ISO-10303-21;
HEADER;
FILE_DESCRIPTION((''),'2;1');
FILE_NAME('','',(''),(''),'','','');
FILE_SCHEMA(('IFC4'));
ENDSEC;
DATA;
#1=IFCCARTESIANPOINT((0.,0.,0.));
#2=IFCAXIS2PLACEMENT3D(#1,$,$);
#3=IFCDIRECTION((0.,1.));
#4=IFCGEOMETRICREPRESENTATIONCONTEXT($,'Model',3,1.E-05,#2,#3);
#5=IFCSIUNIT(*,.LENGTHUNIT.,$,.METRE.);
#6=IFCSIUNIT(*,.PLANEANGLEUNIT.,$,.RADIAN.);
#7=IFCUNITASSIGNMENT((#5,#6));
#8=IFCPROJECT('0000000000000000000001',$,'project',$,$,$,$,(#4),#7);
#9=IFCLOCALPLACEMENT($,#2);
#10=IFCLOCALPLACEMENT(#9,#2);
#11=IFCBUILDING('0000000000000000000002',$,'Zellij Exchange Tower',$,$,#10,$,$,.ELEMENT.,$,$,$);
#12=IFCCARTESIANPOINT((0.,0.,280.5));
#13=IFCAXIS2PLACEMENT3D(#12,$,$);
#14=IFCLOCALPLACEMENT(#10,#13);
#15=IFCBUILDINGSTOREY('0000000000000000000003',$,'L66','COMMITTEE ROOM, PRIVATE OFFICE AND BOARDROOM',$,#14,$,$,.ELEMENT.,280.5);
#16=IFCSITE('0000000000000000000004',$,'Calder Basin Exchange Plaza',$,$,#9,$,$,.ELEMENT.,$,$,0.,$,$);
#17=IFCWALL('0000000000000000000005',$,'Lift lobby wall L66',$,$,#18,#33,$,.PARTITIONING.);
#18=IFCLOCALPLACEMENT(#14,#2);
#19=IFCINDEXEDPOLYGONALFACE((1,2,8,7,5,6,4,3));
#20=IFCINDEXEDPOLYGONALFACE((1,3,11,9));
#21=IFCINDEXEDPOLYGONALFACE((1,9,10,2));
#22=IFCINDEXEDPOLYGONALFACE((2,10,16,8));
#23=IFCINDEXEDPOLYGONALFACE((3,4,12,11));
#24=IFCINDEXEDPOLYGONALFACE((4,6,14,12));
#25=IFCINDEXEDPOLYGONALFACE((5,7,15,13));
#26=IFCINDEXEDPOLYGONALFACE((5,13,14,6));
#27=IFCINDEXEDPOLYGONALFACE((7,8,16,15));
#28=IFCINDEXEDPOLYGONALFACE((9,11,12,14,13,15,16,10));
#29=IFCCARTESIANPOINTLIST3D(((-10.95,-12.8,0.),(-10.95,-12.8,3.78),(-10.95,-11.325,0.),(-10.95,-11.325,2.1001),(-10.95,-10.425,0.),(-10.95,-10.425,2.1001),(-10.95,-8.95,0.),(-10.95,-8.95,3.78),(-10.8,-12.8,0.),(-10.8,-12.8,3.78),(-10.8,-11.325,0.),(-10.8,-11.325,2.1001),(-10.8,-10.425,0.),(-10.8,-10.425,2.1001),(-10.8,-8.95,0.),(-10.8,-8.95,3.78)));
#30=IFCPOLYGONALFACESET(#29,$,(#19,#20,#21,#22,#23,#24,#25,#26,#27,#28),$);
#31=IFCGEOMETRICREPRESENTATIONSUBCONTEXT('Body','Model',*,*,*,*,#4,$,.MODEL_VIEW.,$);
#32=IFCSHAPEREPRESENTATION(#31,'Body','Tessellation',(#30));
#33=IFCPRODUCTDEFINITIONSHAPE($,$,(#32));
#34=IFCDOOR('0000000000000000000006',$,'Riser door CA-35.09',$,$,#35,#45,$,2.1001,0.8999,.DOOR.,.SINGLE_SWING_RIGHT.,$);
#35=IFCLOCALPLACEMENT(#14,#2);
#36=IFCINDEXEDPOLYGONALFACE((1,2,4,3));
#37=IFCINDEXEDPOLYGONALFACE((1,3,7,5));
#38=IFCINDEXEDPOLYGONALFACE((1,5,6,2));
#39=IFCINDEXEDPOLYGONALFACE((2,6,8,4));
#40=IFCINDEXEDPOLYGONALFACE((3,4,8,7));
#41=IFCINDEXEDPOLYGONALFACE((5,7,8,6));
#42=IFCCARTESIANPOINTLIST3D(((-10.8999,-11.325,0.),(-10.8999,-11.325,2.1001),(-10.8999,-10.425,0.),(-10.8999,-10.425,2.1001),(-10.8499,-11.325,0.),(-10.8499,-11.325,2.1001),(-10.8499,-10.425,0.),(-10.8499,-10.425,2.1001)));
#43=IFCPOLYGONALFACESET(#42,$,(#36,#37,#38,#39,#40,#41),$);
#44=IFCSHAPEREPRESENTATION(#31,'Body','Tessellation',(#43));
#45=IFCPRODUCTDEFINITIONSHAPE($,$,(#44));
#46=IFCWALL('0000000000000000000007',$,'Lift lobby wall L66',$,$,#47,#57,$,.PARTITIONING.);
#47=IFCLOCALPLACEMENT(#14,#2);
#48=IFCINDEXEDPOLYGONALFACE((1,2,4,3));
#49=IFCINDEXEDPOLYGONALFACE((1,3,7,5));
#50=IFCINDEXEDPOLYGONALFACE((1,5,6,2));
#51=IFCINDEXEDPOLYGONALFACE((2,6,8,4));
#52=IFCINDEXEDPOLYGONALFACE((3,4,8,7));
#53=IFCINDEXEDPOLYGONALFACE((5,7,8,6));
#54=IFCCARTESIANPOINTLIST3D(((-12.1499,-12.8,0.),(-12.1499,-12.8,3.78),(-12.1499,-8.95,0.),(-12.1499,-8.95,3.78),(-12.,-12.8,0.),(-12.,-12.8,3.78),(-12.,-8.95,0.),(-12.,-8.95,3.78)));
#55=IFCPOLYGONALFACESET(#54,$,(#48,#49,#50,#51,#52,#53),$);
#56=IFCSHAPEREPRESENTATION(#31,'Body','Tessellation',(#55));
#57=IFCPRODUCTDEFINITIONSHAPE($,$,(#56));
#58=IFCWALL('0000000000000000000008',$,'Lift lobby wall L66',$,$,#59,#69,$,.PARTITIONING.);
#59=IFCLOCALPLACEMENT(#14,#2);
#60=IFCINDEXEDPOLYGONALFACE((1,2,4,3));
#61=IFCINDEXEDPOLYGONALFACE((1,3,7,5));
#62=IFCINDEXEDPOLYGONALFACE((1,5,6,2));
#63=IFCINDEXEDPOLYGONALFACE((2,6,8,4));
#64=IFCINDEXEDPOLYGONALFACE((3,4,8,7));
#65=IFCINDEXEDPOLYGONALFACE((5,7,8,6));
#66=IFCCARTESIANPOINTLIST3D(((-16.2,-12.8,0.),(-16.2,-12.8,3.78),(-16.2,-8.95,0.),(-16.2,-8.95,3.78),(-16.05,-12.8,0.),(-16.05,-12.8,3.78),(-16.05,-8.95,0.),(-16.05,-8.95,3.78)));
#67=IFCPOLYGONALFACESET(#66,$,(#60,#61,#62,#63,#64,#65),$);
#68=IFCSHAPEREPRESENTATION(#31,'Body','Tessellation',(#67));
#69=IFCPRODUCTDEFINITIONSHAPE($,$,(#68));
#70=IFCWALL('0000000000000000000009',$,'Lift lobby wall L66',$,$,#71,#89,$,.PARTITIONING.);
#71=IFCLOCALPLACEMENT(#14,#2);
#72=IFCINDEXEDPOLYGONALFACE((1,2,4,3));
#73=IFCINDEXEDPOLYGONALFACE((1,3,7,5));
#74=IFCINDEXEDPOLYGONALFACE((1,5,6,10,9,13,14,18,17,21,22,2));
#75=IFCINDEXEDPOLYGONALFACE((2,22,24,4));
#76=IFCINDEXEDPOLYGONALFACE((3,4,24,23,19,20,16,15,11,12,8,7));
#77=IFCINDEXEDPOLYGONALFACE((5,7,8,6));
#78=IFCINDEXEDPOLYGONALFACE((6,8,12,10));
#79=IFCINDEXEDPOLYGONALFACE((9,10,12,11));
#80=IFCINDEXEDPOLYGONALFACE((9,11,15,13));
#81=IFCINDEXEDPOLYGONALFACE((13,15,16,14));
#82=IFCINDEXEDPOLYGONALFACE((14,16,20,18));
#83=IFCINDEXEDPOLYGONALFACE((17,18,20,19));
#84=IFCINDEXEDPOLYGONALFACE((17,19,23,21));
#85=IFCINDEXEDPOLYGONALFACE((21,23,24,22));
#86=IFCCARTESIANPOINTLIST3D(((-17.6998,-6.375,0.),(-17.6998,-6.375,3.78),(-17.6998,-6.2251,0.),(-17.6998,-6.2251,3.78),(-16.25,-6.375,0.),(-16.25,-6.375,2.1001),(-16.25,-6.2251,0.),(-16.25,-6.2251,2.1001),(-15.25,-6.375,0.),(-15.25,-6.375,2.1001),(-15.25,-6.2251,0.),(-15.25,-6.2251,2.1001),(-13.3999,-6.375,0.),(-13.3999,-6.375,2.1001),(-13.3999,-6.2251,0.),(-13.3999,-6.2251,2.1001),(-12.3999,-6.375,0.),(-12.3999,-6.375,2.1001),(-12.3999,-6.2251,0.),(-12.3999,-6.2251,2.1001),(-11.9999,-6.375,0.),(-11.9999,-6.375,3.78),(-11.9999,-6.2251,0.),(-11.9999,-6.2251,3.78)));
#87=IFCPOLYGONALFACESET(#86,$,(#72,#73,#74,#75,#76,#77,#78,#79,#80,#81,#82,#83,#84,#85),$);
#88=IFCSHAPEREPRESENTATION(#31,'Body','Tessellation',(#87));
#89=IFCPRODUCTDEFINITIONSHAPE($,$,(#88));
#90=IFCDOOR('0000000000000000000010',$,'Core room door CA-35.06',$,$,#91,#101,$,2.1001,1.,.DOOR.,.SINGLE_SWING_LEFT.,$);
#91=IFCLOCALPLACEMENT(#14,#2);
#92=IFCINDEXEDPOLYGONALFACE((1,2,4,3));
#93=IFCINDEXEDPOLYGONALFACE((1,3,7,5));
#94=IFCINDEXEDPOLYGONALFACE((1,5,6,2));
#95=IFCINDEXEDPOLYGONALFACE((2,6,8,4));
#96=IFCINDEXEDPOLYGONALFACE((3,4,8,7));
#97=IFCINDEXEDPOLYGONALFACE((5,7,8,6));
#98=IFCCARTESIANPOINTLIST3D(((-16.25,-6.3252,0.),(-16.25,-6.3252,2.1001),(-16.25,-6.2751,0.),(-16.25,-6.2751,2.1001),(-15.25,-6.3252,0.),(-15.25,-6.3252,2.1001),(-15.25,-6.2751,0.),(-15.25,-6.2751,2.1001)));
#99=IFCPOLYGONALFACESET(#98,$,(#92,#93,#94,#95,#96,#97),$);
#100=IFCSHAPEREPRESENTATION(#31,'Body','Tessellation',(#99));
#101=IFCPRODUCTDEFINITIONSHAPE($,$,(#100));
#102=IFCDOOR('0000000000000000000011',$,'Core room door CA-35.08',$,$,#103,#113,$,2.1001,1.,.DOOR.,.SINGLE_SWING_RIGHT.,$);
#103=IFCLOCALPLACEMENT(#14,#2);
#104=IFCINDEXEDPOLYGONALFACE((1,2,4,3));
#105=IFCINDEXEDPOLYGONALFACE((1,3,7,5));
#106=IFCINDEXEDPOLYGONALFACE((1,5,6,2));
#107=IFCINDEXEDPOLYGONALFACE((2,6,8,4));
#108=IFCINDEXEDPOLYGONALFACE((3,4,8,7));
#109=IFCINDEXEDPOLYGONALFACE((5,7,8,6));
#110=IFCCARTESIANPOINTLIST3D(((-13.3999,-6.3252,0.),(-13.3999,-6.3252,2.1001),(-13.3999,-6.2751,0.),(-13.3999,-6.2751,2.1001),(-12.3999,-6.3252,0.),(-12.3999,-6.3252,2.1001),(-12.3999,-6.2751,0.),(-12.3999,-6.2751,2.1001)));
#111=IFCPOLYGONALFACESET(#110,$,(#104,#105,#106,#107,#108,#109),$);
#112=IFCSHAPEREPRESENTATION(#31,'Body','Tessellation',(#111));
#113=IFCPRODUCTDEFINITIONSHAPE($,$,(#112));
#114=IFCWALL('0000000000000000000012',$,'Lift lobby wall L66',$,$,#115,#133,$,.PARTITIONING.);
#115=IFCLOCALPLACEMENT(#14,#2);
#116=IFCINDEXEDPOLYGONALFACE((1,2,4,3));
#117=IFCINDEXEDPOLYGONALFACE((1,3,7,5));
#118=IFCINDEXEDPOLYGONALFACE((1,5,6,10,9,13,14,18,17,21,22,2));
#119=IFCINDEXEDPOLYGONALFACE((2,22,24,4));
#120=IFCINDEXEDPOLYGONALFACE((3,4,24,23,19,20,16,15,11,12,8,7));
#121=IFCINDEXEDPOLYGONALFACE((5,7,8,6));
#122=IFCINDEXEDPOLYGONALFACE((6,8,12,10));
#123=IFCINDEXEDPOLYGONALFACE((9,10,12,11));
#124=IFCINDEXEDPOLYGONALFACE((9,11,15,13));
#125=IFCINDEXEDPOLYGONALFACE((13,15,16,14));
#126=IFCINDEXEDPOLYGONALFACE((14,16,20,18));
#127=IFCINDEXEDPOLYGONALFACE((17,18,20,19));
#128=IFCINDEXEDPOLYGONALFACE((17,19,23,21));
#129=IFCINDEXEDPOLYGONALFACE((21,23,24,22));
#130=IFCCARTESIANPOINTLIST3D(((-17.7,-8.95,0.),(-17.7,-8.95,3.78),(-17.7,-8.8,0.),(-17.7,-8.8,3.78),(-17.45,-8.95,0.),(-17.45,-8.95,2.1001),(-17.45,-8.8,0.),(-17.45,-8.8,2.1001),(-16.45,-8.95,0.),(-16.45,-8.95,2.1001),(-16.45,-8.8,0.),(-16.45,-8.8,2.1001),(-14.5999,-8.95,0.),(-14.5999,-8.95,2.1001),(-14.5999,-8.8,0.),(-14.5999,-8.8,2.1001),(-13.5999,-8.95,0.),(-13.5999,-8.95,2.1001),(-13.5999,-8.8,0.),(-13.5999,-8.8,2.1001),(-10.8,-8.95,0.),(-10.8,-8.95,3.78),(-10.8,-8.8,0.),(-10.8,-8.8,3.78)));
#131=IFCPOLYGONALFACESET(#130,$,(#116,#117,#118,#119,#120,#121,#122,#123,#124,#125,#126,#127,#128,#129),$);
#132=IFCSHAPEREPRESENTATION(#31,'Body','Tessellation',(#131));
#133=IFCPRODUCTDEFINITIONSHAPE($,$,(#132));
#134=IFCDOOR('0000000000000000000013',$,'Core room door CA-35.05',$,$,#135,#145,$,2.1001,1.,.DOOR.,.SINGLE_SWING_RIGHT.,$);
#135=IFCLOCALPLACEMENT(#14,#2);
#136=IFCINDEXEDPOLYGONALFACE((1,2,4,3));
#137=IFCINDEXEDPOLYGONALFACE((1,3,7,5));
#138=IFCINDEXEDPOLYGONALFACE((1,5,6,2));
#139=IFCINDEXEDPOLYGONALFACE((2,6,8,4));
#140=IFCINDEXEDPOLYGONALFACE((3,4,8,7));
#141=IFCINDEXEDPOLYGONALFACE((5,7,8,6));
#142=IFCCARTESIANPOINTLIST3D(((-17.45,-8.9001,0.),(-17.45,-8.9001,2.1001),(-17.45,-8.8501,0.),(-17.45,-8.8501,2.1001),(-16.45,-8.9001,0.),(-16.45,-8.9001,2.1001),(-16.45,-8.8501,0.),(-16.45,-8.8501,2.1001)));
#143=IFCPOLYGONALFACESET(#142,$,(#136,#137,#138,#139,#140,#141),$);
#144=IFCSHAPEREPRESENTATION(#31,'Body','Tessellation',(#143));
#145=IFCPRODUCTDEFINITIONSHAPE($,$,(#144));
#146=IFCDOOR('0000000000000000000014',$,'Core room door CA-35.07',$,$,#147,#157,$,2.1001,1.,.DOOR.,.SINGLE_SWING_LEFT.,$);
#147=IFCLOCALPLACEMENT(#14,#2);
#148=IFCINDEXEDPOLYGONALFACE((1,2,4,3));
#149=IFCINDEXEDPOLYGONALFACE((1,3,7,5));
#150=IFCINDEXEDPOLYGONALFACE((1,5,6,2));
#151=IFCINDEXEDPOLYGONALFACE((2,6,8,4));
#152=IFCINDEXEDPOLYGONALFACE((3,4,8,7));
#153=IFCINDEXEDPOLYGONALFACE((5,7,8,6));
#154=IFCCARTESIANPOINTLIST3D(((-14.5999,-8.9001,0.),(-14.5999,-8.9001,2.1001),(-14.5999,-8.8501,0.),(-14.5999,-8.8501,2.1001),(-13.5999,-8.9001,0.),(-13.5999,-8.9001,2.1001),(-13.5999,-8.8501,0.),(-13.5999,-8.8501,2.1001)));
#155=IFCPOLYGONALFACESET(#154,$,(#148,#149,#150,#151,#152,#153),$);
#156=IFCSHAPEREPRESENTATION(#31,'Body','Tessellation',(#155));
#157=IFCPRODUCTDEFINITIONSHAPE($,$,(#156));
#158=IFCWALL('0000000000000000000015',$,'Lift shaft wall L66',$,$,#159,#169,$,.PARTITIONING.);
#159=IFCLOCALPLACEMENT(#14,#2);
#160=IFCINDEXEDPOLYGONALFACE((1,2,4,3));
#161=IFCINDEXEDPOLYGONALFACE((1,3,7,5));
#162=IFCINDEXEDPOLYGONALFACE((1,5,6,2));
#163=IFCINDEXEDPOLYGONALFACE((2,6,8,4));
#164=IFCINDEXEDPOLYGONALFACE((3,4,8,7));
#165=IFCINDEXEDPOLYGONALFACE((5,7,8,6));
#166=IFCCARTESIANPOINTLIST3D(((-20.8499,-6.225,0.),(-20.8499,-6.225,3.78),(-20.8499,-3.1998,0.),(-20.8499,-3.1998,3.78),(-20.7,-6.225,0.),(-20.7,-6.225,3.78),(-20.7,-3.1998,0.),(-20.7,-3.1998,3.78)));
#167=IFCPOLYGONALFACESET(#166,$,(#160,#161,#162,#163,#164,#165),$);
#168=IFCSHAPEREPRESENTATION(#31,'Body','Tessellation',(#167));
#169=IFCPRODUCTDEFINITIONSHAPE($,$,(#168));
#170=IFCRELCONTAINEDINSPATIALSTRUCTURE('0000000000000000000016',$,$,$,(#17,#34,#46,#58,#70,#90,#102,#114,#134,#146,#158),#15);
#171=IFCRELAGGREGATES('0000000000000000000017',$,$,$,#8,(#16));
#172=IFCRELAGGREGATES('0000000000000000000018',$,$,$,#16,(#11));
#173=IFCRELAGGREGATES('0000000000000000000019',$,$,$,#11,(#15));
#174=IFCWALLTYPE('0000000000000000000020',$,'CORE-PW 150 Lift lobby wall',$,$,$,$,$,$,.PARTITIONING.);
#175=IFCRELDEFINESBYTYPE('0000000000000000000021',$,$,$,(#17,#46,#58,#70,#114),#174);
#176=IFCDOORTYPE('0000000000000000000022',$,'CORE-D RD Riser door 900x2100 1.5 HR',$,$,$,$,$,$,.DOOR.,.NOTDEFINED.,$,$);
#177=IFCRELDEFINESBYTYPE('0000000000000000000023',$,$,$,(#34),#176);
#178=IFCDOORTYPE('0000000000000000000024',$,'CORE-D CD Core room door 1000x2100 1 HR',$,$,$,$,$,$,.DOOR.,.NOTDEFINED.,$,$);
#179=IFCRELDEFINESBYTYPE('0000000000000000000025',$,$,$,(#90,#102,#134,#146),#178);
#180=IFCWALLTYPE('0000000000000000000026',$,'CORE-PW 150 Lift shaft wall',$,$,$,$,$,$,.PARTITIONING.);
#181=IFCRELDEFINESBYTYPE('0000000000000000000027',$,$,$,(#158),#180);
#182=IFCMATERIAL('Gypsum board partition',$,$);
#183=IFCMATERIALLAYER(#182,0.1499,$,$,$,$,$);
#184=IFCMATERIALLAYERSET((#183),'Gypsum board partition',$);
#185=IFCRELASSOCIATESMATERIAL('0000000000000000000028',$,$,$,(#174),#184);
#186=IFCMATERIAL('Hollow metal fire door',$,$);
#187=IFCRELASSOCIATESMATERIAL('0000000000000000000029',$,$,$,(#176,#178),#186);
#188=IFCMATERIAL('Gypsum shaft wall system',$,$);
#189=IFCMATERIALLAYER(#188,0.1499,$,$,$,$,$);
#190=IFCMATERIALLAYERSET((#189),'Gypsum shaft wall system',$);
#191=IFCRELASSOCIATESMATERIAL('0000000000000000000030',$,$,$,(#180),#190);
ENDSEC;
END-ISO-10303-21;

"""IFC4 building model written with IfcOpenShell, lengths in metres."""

from ifc_helpers import new_model, si_unit, direction, frame, frame_2d, origin, place, context, subcontext, project, spatial, rectangle, extrude, material, layer, layer_set, type_object, element, fill, save


model = new_model("IFC4")

# Units and contexts
model_context = context("Model", 3, precision=1e-05, world=origin(), true_north=direction((0.0, 1.0)))
body_context = subcontext(model_context, "Body", "Model", "MODEL_VIEW")
ifc_project = project(units=[si_unit("LENGTHUNIT", "METRE"), si_unit("PLANEANGLEUNIT", "RADIAN")], contexts=[model_context])

# Site, building, storey
site_placement = place(None, origin())
site = spatial("IfcSite", under=ifc_project, at=site_placement, Name="Calder Basin Exchange Plaza", CompositionType="ELEMENT", RefElevation=0.0)
building_placement = place(site_placement, origin())
building = spatial("IfcBuilding", under=site, at=building_placement, Name="Zellij Exchange Tower", CompositionType="ELEMENT")
storey_placement = place(building_placement, frame((0.0, 0.0, 280.5)))
storey = spatial("IfcBuildingStorey", under=building, at=storey_placement, Name="L66", Description="COMMITTEE ROOM, PRIVATE OFFICE AND BOARDROOM", CompositionType="ELEMENT", Elevation=280.5)

# Shared definitions
ifc_material_1 = material(Name="Gypsum board partition")
ifc_layer_1 = layer(ifc_material_1, 0.1499)
ifc_layer_set_1 = layer_set([ifc_layer_1], Name="Gypsum board partition")
wall_type_1 = type_object("IfcWallType", Name="CORE-PW 150 Lift lobby wall", PredefinedType="PARTITIONING", material=ifc_layer_set_1)

# Wall, opening, door
wall_1_placement = place(storey_placement, frame((-10.875, -12.8, 0.0), z_axis=(0.0, 0.0, 1.0), x_axis=(0.0, 1.0, 0.0)))
wall_1 = element("IfcWall", 1, at=wall_1_placement, inside=storey, type_object=wall_type_1, Name="Lift lobby wall L66", PredefinedType="PARTITIONING", context=body_context, shape_type="SweptSolid", body=[
    extrude(rectangle(XDim=3.8501, YDim=0.1499, at=frame_2d((1.925, 0.0))), origin(), (0.0, 0.0, 1.0), 3.78),
])
opening_1_placement = place(wall_1_placement, frame((1.4751, 0.0, 0.0)))
opening_1 = element("IfcOpeningElement", 2, at=opening_1_placement, cuts=wall_1, PredefinedType="OPENING", context=body_context, shape_type="SweptSolid", body=[
    extrude(rectangle(XDim=0.8999, YDim=2.1001, at=frame_2d((0.45, 1.05))), frame((0.0, 0.0869, 0.0), z_axis=(0.0, -1.0, 0.0), x_axis=(1.0, 0.0, 0.0)), (0.0, 0.0, 1.0), 0.1738),
])
ifc_material_2 = material(Name="Hollow metal fire door")
door_type_1 = type_object("IfcDoorType", Name="CORE-D RD Riser door 900x2100 1.5 HR", OperationType="NOTDEFINED", PredefinedType="DOOR", material=ifc_material_2)
door_1_placement = place(opening_1_placement, origin())
door_1 = element("IfcDoor", 3, at=door_1_placement, inside=storey, type_object=door_type_1, Name="Riser door CA-35.09", OperationType="SINGLE_SWING_RIGHT", OverallHeight=2.1001, OverallWidth=0.8999, PredefinedType="DOOR", context=body_context, shape_type="SweptSolid", body=[
    extrude(rectangle(XDim=0.8999, YDim=2.1001, at=frame_2d((0.45, 1.05))), frame((0.0, 0.0249, 0.0), z_axis=(0.0, -1.0, 0.0), x_axis=(1.0, 0.0, 0.0)), (0.0, 0.0, 1.0), 0.05),
])
fill(opening_1, door_1)

# Walls
for number, where, z_axis, x_axis, name in (
    (4, (-12.075, -12.8, 0.0), (0.0, 0.0, 1.0), (0.0, 1.0, 0.0), "Lift lobby wall L66"),
    (5, (-16.125, -12.8, 0.0), (0.0, 0.0, 1.0), (0.0, 1.0, 0.0), "Lift lobby wall L66"),
):
    element("IfcWall", number, at=place(storey_placement, frame(where, z_axis=z_axis, x_axis=x_axis)), inside=storey, type_object=wall_type_1, Name=name, PredefinedType="PARTITIONING", context=body_context, shape_type="SweptSolid", body=[
        extrude(rectangle(XDim=3.8501, YDim=0.1499, at=frame_2d((1.925, 0.0))), origin(), (0.0, 0.0, 1.0), 3.78),
    ])

# Walls, openings, doors
wall_2_placement = place(storey_placement, frame((-17.7, -6.3, 0.0), z_axis=(0.0, 0.0, 1.0), x_axis=(1.0, 0.0, 0.0)))
wall_2 = element("IfcWall", 6, at=wall_2_placement, inside=storey, type_object=wall_type_1, Name="Lift lobby wall L66", PredefinedType="PARTITIONING", context=body_context, shape_type="SweptSolid", body=[
    extrude(rectangle(XDim=5.7, YDim=0.1499, at=frame_2d((2.8501, 0.0))), origin(), (0.0, 0.0, 1.0), 3.78),
])
opening_2_placement = place(wall_2_placement, frame((1.45, 0.0, 0.0)))
opening_2 = element("IfcOpeningElement", 7, at=opening_2_placement, cuts=wall_2, PredefinedType="OPENING", context=body_context, shape_type="SweptSolid", body=[
    extrude(rectangle(XDim=1.0, YDim=2.1001, at=frame_2d((0.5, 1.05))), frame((0.0, 0.0869, 0.0), z_axis=(0.0, -1.0, 0.0), x_axis=(1.0, 0.0, 0.0)), (0.0, 0.0, 1.0), 0.1738),
])
opening_3_placement = place(wall_2_placement, frame((4.3, 0.0, 0.0)))
opening_3 = element("IfcOpeningElement", 8, at=opening_3_placement, cuts=wall_2, PredefinedType="OPENING", context=body_context, shape_type="SweptSolid", body=[
    extrude(rectangle(XDim=1.0, YDim=2.1001, at=frame_2d((0.5, 1.05))), frame((0.0, 0.0869, 0.0), z_axis=(0.0, -1.0, 0.0), x_axis=(1.0, 0.0, 0.0)), (0.0, 0.0, 1.0), 0.1738),
])
door_type_2 = type_object("IfcDoorType", Name="CORE-D CD Core room door 1000x2100 1 HR", OperationType="NOTDEFINED", PredefinedType="DOOR", material=ifc_material_2)
door_2_placement = place(opening_2_placement, origin())
door_2 = element("IfcDoor", 9, at=door_2_placement, inside=storey, type_object=door_type_2, Name="Core room door CA-35.06", OperationType="SINGLE_SWING_LEFT", OverallHeight=2.1001, OverallWidth=1.0, PredefinedType="DOOR", context=body_context, shape_type="SweptSolid", body=[
    extrude(rectangle(XDim=1.0, YDim=2.1001, at=frame_2d((0.5, 1.05))), frame((0.0, 0.0249, 0.0), z_axis=(0.0, -1.0, 0.0), x_axis=(1.0, 0.0, 0.0)), (0.0, 0.0, 1.0), 0.05),
])
fill(opening_2, door_2)
door_3_placement = place(opening_3_placement, origin())
door_3 = element("IfcDoor", 10, at=door_3_placement, inside=storey, type_object=door_type_2, Name="Core room door CA-35.08", OperationType="SINGLE_SWING_RIGHT", OverallHeight=2.1001, OverallWidth=1.0, PredefinedType="DOOR", context=body_context, shape_type="SweptSolid", body=[
    extrude(rectangle(XDim=1.0, YDim=2.1001, at=frame_2d((0.5, 1.05))), frame((0.0, 0.0249, 0.0), z_axis=(0.0, -1.0, 0.0), x_axis=(1.0, 0.0, 0.0)), (0.0, 0.0, 1.0), 0.05),
])
fill(opening_3, door_3)
wall_3_placement = place(storey_placement, frame((-17.7, -8.875, 0.0), z_axis=(0.0, 0.0, 1.0), x_axis=(1.0, 0.0, 0.0)))
wall_3 = element("IfcWall", 11, at=wall_3_placement, inside=storey, type_object=wall_type_1, Name="Lift lobby wall L66", PredefinedType="PARTITIONING", context=body_context, shape_type="SweptSolid", body=[
    extrude(rectangle(XDim=6.8999, YDim=0.1499, at=frame_2d((3.45, 0.0))), origin(), (0.0, 0.0, 1.0), 3.78),
])
opening_4_placement = place(wall_3_placement, frame((0.25, 0.0, 0.0)))
opening_4 = element("IfcOpeningElement", 12, at=opening_4_placement, cuts=wall_3, PredefinedType="OPENING", context=body_context, shape_type="SweptSolid", body=[
    extrude(rectangle(XDim=1.0, YDim=2.1001, at=frame_2d((0.5, 1.05))), frame((0.0, 0.0869, 0.0), z_axis=(0.0, -1.0, 0.0), x_axis=(1.0, 0.0, 0.0)), (0.0, 0.0, 1.0), 0.1738),
])
opening_5_placement = place(wall_3_placement, frame((3.1001, 0.0, 0.0)))
opening_5 = element("IfcOpeningElement", 13, at=opening_5_placement, cuts=wall_3, PredefinedType="OPENING", context=body_context, shape_type="SweptSolid", body=[
    extrude(rectangle(XDim=1.0, YDim=2.1001, at=frame_2d((0.5, 1.05))), frame((0.0, 0.0869, 0.0), z_axis=(0.0, -1.0, 0.0), x_axis=(1.0, 0.0, 0.0)), (0.0, 0.0, 1.0), 0.1738),
])
door_4_placement = place(opening_4_placement, origin())
door_4 = element("IfcDoor", 14, at=door_4_placement, inside=storey, type_object=door_type_2, Name="Core room door CA-35.05", OperationType="SINGLE_SWING_RIGHT", OverallHeight=2.1001, OverallWidth=1.0, PredefinedType="DOOR", context=body_context, shape_type="SweptSolid", body=[
    extrude(rectangle(XDim=1.0, YDim=2.1001, at=frame_2d((0.5, 1.05))), frame((0.0, 0.0249, 0.0), z_axis=(0.0, -1.0, 0.0), x_axis=(1.0, 0.0, 0.0)), (0.0, 0.0, 1.0), 0.05),
])
fill(opening_4, door_4)
door_5_placement = place(opening_5_placement, origin())
door_5 = element("IfcDoor", 15, at=door_5_placement, inside=storey, type_object=door_type_2, Name="Core room door CA-35.07", OperationType="SINGLE_SWING_LEFT", OverallHeight=2.1001, OverallWidth=1.0, PredefinedType="DOOR", context=body_context, shape_type="SweptSolid", body=[
    extrude(rectangle(XDim=1.0, YDim=2.1001, at=frame_2d((0.5, 1.05))), frame((0.0, 0.0249, 0.0), z_axis=(0.0, -1.0, 0.0), x_axis=(1.0, 0.0, 0.0)), (0.0, 0.0, 1.0), 0.05),
])
fill(opening_5, door_5)

# Wall
ifc_material_3 = material(Name="Gypsum shaft wall system")
ifc_layer_2 = layer(ifc_material_3, 0.1499)
ifc_layer_set_2 = layer_set([ifc_layer_2], Name="Gypsum shaft wall system")
wall_type_2 = type_object("IfcWallType", Name="CORE-PW 150 Lift shaft wall", PredefinedType="PARTITIONING", material=ifc_layer_set_2)
wall_4_placement = place(storey_placement, frame((-20.7749, -6.2251, 0.0), z_axis=(0.0, 0.0, 1.0), x_axis=(0.0, 1.0, 0.0)))
element("IfcWall", 16, at=wall_4_placement, inside=storey, type_object=wall_type_2, Name="Lift shaft wall L66", PredefinedType="PARTITIONING", context=body_context, shape_type="SweptSolid", body=[
    extrude(rectangle(XDim=3.0251, YDim=0.1499, at=frame_2d((1.5127, 0.0))), origin(), (0.0, 0.0, 1.0), 3.78),
])

save(model, "model.ifc")
